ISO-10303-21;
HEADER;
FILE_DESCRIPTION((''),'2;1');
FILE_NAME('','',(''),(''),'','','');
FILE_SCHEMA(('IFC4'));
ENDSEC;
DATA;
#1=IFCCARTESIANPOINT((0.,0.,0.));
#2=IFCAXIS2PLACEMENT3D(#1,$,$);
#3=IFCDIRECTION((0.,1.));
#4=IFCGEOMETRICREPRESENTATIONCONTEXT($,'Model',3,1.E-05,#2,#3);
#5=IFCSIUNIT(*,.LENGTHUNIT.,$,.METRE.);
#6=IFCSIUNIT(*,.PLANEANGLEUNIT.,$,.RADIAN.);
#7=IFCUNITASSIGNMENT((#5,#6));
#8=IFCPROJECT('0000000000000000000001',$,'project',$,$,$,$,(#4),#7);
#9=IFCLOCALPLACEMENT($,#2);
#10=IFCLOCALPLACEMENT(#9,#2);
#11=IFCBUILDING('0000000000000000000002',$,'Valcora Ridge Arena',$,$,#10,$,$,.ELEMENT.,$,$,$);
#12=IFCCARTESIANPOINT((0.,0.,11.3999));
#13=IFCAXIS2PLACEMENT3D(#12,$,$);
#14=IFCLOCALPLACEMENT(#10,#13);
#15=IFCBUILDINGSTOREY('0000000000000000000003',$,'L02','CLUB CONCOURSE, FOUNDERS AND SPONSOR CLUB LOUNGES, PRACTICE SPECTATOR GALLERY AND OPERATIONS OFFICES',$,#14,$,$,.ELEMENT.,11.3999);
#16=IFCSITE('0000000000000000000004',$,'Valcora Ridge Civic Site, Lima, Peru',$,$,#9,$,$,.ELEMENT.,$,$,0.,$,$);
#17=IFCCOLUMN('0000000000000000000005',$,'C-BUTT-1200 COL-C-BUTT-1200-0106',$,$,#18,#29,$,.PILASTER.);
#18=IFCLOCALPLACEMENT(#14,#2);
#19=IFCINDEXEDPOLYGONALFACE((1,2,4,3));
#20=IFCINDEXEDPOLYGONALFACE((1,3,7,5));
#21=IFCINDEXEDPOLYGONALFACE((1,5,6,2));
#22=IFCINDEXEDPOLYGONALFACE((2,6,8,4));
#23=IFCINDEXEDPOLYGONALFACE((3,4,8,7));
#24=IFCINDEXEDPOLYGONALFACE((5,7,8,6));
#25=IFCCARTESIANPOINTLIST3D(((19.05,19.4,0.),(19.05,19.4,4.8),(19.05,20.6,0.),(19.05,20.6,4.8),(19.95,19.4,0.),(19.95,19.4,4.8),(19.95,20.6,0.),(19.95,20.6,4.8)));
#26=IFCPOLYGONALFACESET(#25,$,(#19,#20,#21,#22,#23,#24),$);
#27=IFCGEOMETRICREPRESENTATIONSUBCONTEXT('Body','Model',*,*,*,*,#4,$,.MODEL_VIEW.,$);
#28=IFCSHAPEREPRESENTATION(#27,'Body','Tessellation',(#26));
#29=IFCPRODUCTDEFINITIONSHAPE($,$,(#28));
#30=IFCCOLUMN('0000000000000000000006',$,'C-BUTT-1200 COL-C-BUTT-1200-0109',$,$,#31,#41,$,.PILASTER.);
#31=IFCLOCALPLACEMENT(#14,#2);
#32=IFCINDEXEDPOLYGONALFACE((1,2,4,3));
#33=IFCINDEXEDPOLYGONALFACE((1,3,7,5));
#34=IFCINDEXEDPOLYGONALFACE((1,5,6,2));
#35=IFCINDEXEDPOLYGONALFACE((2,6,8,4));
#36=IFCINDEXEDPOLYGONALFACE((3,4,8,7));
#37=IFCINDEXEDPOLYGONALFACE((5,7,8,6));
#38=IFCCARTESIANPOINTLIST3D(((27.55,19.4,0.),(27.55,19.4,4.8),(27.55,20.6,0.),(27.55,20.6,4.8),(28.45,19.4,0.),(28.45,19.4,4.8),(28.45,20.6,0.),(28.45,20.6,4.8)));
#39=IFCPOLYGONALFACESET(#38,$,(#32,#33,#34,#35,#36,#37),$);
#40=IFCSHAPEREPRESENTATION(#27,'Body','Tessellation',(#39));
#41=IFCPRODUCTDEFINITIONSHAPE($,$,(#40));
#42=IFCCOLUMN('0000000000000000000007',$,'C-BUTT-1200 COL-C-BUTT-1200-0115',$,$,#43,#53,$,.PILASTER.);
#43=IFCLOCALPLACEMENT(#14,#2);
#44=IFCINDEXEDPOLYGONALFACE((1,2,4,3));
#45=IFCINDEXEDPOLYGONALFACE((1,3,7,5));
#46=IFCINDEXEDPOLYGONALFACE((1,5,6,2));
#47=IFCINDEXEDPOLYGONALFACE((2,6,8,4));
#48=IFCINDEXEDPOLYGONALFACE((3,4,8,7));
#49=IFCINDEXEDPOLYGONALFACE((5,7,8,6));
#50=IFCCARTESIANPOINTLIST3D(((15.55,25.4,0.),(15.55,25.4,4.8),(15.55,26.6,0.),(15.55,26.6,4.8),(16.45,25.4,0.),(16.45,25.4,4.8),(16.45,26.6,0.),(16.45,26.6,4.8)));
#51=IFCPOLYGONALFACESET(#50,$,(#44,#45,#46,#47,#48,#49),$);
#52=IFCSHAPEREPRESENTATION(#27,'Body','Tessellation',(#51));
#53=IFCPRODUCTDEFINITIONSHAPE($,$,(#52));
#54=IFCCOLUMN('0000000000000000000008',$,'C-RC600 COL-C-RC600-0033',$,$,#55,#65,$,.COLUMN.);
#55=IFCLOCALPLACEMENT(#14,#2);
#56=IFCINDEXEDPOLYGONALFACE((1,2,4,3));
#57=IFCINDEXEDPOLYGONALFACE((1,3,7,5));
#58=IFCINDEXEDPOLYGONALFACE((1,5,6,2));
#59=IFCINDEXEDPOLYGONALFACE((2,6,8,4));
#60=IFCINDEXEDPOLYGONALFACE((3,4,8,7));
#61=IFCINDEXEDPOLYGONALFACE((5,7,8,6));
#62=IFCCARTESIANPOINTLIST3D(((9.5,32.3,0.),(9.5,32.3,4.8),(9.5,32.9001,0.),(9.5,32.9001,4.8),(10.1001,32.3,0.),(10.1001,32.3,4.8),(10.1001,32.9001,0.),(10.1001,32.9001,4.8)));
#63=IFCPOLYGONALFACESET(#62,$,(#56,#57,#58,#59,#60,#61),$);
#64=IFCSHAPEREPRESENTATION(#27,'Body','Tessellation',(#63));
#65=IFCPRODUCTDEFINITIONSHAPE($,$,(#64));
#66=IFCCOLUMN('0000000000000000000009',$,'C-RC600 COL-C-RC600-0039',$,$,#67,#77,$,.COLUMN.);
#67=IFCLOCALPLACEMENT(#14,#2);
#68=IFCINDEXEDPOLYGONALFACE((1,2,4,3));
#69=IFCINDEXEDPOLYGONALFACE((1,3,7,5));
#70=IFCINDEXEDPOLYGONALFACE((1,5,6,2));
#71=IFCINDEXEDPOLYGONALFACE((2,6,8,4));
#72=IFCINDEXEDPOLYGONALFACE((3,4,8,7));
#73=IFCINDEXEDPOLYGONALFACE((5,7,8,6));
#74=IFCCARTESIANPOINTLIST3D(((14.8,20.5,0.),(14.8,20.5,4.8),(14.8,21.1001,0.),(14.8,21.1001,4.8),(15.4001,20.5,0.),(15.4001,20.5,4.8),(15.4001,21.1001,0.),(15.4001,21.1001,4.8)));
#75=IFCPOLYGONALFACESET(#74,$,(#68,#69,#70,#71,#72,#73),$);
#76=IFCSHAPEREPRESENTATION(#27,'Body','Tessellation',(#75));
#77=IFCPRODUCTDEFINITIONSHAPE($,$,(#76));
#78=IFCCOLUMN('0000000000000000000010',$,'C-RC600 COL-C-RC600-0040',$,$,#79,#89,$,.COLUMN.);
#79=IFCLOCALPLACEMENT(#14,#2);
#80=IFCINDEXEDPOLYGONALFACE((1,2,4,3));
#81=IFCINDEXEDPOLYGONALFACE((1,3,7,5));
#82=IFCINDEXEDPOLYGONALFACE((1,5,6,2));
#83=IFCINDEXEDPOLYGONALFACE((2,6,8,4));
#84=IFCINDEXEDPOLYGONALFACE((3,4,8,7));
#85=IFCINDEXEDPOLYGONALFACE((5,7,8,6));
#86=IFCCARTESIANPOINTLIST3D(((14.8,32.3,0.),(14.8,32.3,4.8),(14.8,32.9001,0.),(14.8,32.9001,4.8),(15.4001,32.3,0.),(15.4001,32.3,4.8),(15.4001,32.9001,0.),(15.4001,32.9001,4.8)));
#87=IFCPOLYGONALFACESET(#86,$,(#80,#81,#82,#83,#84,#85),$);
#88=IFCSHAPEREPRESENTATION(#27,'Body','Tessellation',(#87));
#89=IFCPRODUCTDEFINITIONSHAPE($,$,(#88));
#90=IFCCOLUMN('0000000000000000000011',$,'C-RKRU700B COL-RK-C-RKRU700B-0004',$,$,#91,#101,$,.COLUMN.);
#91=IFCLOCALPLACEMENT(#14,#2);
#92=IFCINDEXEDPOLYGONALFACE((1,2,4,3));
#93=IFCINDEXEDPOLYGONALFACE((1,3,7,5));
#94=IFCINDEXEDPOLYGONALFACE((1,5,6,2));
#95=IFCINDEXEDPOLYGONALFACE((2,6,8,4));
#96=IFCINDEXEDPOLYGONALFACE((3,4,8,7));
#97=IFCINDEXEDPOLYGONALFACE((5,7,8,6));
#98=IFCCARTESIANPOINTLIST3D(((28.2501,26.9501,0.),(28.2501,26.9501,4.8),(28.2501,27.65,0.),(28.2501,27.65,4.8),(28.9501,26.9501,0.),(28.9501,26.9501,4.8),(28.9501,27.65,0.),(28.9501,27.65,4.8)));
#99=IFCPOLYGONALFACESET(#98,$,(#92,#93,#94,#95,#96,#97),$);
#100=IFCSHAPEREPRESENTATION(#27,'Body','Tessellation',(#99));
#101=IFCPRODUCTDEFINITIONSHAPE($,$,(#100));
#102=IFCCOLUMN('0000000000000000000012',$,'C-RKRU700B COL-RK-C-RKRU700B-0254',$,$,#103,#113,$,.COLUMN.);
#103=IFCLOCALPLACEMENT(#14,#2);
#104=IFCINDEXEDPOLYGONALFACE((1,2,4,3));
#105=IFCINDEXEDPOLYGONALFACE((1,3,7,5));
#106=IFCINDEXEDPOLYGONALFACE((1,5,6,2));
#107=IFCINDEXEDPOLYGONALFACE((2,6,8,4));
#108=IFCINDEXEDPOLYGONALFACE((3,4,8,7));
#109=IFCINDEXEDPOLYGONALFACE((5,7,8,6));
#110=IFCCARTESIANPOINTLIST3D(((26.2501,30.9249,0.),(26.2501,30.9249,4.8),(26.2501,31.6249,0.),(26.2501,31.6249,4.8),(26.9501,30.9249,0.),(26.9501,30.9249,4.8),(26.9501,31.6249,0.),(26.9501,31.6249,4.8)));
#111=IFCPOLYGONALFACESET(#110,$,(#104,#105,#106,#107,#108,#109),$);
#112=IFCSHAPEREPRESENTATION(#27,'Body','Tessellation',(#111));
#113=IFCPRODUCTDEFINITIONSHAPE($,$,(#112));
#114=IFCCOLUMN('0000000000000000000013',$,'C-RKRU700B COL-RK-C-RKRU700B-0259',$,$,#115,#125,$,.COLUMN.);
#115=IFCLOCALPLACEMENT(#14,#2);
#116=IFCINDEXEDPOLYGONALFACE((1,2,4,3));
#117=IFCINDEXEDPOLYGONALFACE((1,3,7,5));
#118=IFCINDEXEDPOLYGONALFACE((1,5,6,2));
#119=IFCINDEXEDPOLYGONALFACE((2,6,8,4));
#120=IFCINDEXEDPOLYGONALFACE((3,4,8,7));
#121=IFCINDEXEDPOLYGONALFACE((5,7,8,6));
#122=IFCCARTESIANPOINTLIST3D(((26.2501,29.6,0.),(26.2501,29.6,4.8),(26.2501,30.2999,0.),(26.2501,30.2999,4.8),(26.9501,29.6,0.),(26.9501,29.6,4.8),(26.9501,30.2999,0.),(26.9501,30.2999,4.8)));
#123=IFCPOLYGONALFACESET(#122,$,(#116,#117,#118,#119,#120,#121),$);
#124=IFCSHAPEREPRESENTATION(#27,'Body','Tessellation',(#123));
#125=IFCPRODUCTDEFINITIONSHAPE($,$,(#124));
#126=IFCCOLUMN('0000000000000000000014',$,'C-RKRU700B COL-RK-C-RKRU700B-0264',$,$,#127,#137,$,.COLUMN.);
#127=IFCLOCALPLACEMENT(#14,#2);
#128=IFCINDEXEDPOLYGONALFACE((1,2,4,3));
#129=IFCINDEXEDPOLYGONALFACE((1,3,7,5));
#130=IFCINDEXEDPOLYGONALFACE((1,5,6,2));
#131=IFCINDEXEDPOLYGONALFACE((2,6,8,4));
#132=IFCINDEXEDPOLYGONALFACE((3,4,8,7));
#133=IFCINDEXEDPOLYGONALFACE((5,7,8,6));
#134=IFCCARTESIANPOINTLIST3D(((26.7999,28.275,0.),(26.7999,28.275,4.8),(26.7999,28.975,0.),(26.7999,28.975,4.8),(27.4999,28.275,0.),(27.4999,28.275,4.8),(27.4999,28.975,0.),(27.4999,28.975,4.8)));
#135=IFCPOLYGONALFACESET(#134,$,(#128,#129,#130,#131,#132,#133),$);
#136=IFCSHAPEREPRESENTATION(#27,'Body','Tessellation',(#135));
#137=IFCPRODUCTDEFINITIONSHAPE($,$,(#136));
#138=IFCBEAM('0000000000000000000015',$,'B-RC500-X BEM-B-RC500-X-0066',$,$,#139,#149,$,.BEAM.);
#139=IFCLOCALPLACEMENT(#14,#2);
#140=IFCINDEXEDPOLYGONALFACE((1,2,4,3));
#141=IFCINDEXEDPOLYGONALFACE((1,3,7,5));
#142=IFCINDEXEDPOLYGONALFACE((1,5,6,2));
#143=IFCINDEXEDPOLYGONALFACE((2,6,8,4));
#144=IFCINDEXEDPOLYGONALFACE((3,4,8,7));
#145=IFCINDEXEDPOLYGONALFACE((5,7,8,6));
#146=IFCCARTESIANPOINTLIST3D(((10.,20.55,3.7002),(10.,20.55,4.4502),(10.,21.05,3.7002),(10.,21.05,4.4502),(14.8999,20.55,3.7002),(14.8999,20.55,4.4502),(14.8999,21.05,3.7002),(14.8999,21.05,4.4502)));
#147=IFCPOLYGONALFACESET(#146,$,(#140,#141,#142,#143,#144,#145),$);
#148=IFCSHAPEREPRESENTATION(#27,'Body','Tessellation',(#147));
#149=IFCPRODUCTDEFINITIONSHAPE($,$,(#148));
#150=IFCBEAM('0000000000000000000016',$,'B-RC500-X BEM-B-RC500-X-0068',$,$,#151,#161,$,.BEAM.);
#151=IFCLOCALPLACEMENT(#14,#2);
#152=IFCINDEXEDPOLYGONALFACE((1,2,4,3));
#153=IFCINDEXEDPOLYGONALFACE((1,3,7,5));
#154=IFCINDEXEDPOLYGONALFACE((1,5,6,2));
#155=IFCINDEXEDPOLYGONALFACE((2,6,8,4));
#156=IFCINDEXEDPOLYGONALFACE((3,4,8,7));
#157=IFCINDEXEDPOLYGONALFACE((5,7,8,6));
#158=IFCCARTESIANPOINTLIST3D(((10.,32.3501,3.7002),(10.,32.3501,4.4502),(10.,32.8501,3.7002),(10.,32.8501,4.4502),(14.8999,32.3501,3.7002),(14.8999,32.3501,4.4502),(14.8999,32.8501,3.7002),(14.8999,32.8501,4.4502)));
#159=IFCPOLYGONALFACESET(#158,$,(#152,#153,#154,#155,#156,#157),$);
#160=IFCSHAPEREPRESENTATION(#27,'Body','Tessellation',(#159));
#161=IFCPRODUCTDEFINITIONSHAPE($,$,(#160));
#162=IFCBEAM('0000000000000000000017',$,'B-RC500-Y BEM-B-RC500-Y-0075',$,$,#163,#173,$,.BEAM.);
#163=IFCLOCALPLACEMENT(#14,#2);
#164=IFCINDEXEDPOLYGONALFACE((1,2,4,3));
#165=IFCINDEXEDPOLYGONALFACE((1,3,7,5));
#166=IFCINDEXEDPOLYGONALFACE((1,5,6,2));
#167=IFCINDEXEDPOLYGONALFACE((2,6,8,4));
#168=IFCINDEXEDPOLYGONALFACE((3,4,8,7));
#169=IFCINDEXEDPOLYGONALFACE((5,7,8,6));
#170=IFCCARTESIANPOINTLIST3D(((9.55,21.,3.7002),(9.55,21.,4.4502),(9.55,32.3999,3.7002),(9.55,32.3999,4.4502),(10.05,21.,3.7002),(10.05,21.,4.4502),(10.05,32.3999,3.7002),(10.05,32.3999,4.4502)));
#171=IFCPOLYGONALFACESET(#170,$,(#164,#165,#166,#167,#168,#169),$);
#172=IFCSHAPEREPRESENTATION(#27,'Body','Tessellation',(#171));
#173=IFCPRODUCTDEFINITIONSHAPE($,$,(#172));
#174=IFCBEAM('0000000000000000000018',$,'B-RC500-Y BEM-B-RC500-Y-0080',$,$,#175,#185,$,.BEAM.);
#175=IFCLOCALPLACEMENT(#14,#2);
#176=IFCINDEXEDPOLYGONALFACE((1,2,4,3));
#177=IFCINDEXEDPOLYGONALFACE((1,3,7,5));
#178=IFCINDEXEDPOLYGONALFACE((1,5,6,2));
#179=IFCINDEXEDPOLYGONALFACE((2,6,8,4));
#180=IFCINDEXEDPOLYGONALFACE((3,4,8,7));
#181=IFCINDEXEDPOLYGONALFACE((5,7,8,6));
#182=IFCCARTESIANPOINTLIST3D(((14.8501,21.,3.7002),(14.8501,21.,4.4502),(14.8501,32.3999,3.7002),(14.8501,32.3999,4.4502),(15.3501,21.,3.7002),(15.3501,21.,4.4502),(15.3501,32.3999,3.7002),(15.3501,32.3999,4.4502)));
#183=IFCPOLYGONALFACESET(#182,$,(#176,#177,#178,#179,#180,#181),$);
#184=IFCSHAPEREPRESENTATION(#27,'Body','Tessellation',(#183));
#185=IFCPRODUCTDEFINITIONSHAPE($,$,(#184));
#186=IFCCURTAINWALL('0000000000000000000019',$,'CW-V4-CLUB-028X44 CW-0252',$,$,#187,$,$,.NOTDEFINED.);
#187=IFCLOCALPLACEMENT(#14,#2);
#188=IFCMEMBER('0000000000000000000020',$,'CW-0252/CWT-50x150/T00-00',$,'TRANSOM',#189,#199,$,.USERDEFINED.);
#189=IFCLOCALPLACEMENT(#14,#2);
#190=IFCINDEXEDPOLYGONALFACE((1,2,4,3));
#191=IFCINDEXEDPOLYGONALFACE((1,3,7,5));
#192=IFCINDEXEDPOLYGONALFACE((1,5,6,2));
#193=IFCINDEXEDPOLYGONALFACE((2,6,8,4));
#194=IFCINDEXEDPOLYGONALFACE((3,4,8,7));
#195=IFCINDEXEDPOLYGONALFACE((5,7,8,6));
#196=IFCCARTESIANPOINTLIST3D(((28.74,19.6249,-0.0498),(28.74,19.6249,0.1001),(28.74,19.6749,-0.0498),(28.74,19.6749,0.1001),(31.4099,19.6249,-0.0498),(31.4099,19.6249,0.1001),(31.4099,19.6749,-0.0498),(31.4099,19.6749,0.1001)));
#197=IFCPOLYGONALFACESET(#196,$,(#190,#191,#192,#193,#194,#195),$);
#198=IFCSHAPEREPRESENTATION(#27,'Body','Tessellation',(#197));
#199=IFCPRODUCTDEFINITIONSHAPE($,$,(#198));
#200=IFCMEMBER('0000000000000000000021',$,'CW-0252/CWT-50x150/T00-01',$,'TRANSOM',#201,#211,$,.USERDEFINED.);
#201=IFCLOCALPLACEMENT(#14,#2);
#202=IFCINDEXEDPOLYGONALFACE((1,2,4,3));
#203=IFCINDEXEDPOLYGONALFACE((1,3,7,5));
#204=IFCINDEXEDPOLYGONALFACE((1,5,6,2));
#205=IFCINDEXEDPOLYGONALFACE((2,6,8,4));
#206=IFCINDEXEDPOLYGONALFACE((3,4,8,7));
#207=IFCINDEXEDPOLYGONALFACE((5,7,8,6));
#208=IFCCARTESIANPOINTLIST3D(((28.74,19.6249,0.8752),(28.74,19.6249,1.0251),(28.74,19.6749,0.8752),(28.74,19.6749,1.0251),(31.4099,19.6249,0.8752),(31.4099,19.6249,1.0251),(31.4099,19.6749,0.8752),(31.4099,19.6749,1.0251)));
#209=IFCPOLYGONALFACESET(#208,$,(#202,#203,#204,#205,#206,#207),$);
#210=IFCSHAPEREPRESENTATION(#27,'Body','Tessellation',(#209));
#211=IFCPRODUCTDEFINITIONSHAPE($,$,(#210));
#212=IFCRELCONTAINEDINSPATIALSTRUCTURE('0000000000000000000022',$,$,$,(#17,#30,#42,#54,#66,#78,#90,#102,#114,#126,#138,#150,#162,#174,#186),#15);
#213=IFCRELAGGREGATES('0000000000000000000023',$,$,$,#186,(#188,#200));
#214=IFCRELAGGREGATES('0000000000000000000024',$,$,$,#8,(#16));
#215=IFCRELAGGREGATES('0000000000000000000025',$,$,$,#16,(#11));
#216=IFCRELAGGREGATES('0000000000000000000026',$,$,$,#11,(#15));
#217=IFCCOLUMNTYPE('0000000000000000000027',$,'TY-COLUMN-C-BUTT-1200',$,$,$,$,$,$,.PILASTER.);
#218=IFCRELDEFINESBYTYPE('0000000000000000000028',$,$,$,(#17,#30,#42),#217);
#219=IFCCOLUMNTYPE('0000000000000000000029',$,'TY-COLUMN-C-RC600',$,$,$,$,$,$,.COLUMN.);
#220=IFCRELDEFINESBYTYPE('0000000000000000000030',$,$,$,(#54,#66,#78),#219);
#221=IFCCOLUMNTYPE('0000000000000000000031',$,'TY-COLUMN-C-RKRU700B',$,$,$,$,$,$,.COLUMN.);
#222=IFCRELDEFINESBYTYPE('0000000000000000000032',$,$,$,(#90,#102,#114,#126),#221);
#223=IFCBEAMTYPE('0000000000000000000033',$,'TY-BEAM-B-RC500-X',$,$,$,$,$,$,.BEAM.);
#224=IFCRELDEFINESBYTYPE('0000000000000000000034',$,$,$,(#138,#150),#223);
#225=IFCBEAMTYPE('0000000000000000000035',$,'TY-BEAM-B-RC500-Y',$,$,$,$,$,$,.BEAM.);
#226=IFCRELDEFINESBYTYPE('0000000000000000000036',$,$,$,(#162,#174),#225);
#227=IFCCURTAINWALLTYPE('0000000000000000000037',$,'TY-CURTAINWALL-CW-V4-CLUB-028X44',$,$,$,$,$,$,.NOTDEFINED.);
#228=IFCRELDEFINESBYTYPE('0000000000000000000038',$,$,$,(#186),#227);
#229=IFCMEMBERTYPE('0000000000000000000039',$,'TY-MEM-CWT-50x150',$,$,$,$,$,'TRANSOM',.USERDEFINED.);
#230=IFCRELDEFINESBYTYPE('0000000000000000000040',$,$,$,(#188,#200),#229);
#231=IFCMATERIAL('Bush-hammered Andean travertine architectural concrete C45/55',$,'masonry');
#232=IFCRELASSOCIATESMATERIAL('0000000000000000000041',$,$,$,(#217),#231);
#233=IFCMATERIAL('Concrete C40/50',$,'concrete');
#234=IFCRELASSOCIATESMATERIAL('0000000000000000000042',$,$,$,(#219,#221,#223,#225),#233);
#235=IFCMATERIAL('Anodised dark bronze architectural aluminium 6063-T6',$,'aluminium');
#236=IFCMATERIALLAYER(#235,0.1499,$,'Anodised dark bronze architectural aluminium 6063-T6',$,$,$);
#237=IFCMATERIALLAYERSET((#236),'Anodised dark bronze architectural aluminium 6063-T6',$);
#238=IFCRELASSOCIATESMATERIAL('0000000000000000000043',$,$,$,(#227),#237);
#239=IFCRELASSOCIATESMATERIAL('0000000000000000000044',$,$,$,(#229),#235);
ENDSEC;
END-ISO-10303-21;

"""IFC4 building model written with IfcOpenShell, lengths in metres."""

from ifc_helpers import new_model, si_unit, direction, frame, origin, origin_2d, place, context, subcontext, project, spatial, rectangle, extrude, material, layer, layer_set, material_profile, profile_set, type_object, element, aggregate, save


model = new_model("IFC4")

# Units and contexts
model_context = context("Model", 3, precision=1e-05, world=origin(), true_north=direction((0.0, 1.0)))
body_context = subcontext(model_context, "Body", "Model", "MODEL_VIEW")
ifc_project = project(units=[si_unit("LENGTHUNIT", "METRE"), si_unit("PLANEANGLEUNIT", "RADIAN")], contexts=[model_context])

# Site, building, storey
site_placement = place(None, origin())
site = spatial("IfcSite", under=ifc_project, at=site_placement, Name="Valcora Ridge Civic Site, Lima, Peru", CompositionType="ELEMENT", RefElevation=0.0)
building_placement = place(site_placement, origin())
building = spatial("IfcBuilding", under=site, at=building_placement, Name="Valcora Ridge Arena", CompositionType="ELEMENT")
storey_placement = place(building_placement, frame((0.0, 0.0, 11.3999)))
storey = spatial("IfcBuildingStorey", under=building, at=storey_placement, Name="L02", Description="CLUB CONCOURSE, FOUNDERS AND SPONSOR CLUB LOUNGES, PRACTICE SPECTATOR GALLERY AND OPERATIONS OFFICES", CompositionType="ELEMENT", Elevation=11.3999)

# Columns
ifc_material_1 = material(Name="Bush-hammered Andean travertine architectural concrete C45/55", Category="masonry")
ifc_material_profile_1 = material_profile(ifc_material_1, rectangle(XDim=0.8999, YDim=1.2, at=origin_2d()), Name="RC 900x1200")
ifc_profile_set_1 = profile_set([ifc_material_profile_1], Name="Bush-hammered Andean travertine architectural concrete C45/55")
column_type_1 = type_object("IfcColumnType", Name="TY-COLUMN-C-BUTT-1200", PredefinedType="PILASTER", material=ifc_profile_set_1)
for number, where, z_axis, x_axis, name in (
    (1, (19.5, 20.0, 0.0), (0.0, 0.0, 1.0), (1.0, 0.0, 0.0), "C-BUTT-1200 COL-C-BUTT-1200-0106"),
    (2, (28.0, 20.0, 0.0), (0.0, 0.0, 1.0), (1.0, 0.0, 0.0), "C-BUTT-1200 COL-C-BUTT-1200-0109"),
    (3, (16.0, 26.0, 0.0), (0.0, 0.0, 1.0), (1.0, 0.0, 0.0), "C-BUTT-1200 COL-C-BUTT-1200-0115"),
):
    element("IfcColumn", number, at=place(storey_placement, frame(where, z_axis=z_axis, x_axis=x_axis)), inside=storey, type_object=column_type_1, Name=name, PredefinedType="PILASTER", context=body_context, shape_type="SweptSolid", body=[
        extrude(rectangle(XDim=0.8999, YDim=1.2, at=origin_2d()), origin(), (0.0, 0.0, 1.0), 4.8),
    ])
ifc_material_2 = material(Name="Concrete C40/50", Category="concrete")
ifc_material_profile_2 = material_profile(ifc_material_2, rectangle(XDim=0.6001, YDim=0.6001, at=origin_2d()), Name="RC 600x600")
ifc_profile_set_2 = profile_set([ifc_material_profile_2], Name="Concrete C40/50")
column_type_2 = type_object("IfcColumnType", Name="TY-COLUMN-C-RC600", PredefinedType="COLUMN", material=ifc_profile_set_2)
for number, where, z_axis, x_axis, name in (
    (4, (9.8, 32.6001, 0.0), (0.0, 0.0, 1.0), (1.0, 0.0, 0.0), "C-RC600 COL-C-RC600-0033"),
    (5, (15.1001, 20.8, 0.0), (0.0, 0.0, 1.0), (1.0, 0.0, 0.0), "C-RC600 COL-C-RC600-0039"),
    (6, (15.1001, 32.6001, 0.0), (0.0, 0.0, 1.0), (1.0, 0.0, 0.0), "C-RC600 COL-C-RC600-0040"),
):
    element("IfcColumn", number, at=place(storey_placement, frame(where, z_axis=z_axis, x_axis=x_axis)), inside=storey, type_object=column_type_2, Name=name, PredefinedType="COLUMN", context=body_context, shape_type="SweptSolid", body=[
        extrude(rectangle(XDim=0.6001, YDim=0.6001, at=origin_2d()), origin(), (0.0, 0.0, 1.0), 4.8),
    ])
ifc_material_profile_3 = material_profile(ifc_material_2, rectangle(XDim=0.7, YDim=0.7, at=origin_2d()), Name="RC 700x700")
ifc_profile_set_3 = profile_set([ifc_material_profile_3], Name="Concrete C40/50")
column_type_3 = type_object("IfcColumnType", Name="TY-COLUMN-C-RKRU700B", PredefinedType="COLUMN", material=ifc_profile_set_3)
for number, where, z_axis, x_axis, name in (
    (7, (28.6001, 27.3, 0.0), (0.0, 0.0, 1.0), (1.0, 0.0, 0.0), "C-RKRU700B COL-RK-C-RKRU700B-0004"),
    (8, (26.6001, 31.2749, 0.0), (0.0, 0.0, 1.0), (1.0, 0.0, 0.0), "C-RKRU700B COL-RK-C-RKRU700B-0254"),
    (9, (26.6001, 29.95, 0.0), (0.0, 0.0, 1.0), (1.0, 0.0, 0.0), "C-RKRU700B COL-RK-C-RKRU700B-0259"),
    (10, (27.1499, 28.625, 0.0), (0.0, 0.0, 1.0), (1.0, 0.0, 0.0), "C-RKRU700B COL-RK-C-RKRU700B-0264"),
):
    element("IfcColumn", number, at=place(storey_placement, frame(where, z_axis=z_axis, x_axis=x_axis)), inside=storey, type_object=column_type_3, Name=name, PredefinedType="COLUMN", context=body_context, shape_type="SweptSolid", body=[
        extrude(rectangle(XDim=0.7, YDim=0.7, at=origin_2d()), origin(), (0.0, 0.0, 1.0), 4.8),
    ])

# Beams
ifc_material_profile_4 = material_profile(ifc_material_2, rectangle(XDim=0.5, YDim=0.75, at=origin_2d()), Name="RC 500x750")
ifc_profile_set_4 = profile_set([ifc_material_profile_4], Name="Concrete C40/50")
beam_type_1 = type_object("IfcBeamType", Name="TY-BEAM-B-RC500-X", PredefinedType="BEAM", material=ifc_profile_set_4)
for number, where, z_axis, x_axis, name in (
    (11, (10.0, 20.8, 4.0752), (1.0, 0.0, 0.0), (0.0, 1.0, 0.0), "B-RC500-X BEM-B-RC500-X-0066"),
    (12, (10.0, 32.6001, 4.0752), (1.0, 0.0, 0.0), (0.0, 1.0, 0.0), "B-RC500-X BEM-B-RC500-X-0068"),
):
    element("IfcBeam", number, at=place(storey_placement, frame(where, z_axis=z_axis, x_axis=x_axis)), inside=storey, type_object=beam_type_1, Name=name, PredefinedType="BEAM", context=body_context, shape_type="SweptSolid", body=[
        extrude(rectangle(XDim=0.5, YDim=0.75, at=origin_2d()), origin(), (0.0, 0.0, 1.0), 4.8999),
    ])
ifc_material_profile_5 = material_profile(ifc_material_2, rectangle(XDim=0.5, YDim=0.75, at=origin_2d()), Name="RC 500x750")
ifc_profile_set_5 = profile_set([ifc_material_profile_5], Name="Concrete C40/50")
beam_type_2 = type_object("IfcBeamType", Name="TY-BEAM-B-RC500-Y", PredefinedType="BEAM", material=ifc_profile_set_5)
for number, where, z_axis, x_axis, name in (
    (13, (9.8, 21.0, 4.0752), (0.0, 1.0, 0.0), (-1.0, 0.0, 0.0), "B-RC500-Y BEM-B-RC500-Y-0075"),
    (14, (15.1001, 21.0, 4.0752), (0.0, 1.0, 0.0), (-1.0, 0.0, 0.0), "B-RC500-Y BEM-B-RC500-Y-0080"),
):
    element("IfcBeam", number, at=place(storey_placement, frame(where, z_axis=z_axis, x_axis=x_axis)), inside=storey, type_object=beam_type_2, Name=name, PredefinedType="BEAM", context=body_context, shape_type="SweptSolid", body=[
        extrude(rectangle(XDim=0.5, YDim=0.75, at=origin_2d()), origin(), (0.0, 0.0, 1.0), 11.3999),
    ])

# Curtain wall, members
ifc_material_3 = material(Name="Anodised dark bronze architectural aluminium 6063-T6", Category="aluminium")
ifc_layer_1 = layer(ifc_material_3, 0.1499, Name="Anodised dark bronze architectural aluminium 6063-T6")
ifc_layer_set_1 = layer_set([ifc_layer_1], Name="Anodised dark bronze architectural aluminium 6063-T6")
curtain_wall_type = type_object("IfcCurtainWallType", Name="TY-CURTAINWALL-CW-V4-CLUB-028X44", PredefinedType="NOTDEFINED", material=ifc_layer_set_1)
curtain_wall_placement = place(storey_placement, origin())
curtain_wall = element("IfcCurtainWall", 15, at=curtain_wall_placement, inside=storey, type_object=curtain_wall_type, Name="CW-V4-CLUB-028X44 CW-0252", PredefinedType="NOTDEFINED")
ifc_material_profile_6 = material_profile(ifc_material_3, rectangle(XDim=0.05, YDim=0.1499, at=origin_2d()), Name="ALU TRANSOM 50x150")
ifc_profile_set_6 = profile_set([ifc_material_profile_6], Name="Anodised dark bronze architectural aluminium 6063-T6")
member_type = type_object("IfcMemberType", Name="TY-MEM-CWT-50x150", ElementType="TRANSOM", PredefinedType="USERDEFINED", material=ifc_profile_set_6)
member_1_placement = place(storey_placement, frame((28.74, 19.6499, 0.0251), z_axis=(1.0, 0.0, 0.0), x_axis=(0.0, 1.0, 0.0)))
member_1 = element("IfcMember", 16, at=member_1_placement, type_object=member_type, Name="CW-0252/CWT-50x150/T00-00", ObjectType="TRANSOM", PredefinedType="USERDEFINED", context=body_context, shape_type="SweptSolid", body=[
    extrude(rectangle(XDim=0.05, YDim=0.1499, at=origin_2d()), origin(), (0.0, 0.0, 1.0), 2.6699),
])
member_2_placement = place(storey_placement, frame((28.74, 19.6499, 0.9502), z_axis=(1.0, 0.0, 0.0), x_axis=(0.0, 1.0, 0.0)))
member_2 = element("IfcMember", 17, at=member_2_placement, type_object=member_type, Name="CW-0252/CWT-50x150/T00-01", ObjectType="TRANSOM", PredefinedType="USERDEFINED", context=body_context, shape_type="SweptSolid", body=[
    extrude(rectangle(XDim=0.05, YDim=0.1499, at=origin_2d()), origin(), (0.0, 0.0, 1.0), 2.6699),
])
aggregate(curtain_wall, [member_1, member_2])

save(model, "model.ifc")
